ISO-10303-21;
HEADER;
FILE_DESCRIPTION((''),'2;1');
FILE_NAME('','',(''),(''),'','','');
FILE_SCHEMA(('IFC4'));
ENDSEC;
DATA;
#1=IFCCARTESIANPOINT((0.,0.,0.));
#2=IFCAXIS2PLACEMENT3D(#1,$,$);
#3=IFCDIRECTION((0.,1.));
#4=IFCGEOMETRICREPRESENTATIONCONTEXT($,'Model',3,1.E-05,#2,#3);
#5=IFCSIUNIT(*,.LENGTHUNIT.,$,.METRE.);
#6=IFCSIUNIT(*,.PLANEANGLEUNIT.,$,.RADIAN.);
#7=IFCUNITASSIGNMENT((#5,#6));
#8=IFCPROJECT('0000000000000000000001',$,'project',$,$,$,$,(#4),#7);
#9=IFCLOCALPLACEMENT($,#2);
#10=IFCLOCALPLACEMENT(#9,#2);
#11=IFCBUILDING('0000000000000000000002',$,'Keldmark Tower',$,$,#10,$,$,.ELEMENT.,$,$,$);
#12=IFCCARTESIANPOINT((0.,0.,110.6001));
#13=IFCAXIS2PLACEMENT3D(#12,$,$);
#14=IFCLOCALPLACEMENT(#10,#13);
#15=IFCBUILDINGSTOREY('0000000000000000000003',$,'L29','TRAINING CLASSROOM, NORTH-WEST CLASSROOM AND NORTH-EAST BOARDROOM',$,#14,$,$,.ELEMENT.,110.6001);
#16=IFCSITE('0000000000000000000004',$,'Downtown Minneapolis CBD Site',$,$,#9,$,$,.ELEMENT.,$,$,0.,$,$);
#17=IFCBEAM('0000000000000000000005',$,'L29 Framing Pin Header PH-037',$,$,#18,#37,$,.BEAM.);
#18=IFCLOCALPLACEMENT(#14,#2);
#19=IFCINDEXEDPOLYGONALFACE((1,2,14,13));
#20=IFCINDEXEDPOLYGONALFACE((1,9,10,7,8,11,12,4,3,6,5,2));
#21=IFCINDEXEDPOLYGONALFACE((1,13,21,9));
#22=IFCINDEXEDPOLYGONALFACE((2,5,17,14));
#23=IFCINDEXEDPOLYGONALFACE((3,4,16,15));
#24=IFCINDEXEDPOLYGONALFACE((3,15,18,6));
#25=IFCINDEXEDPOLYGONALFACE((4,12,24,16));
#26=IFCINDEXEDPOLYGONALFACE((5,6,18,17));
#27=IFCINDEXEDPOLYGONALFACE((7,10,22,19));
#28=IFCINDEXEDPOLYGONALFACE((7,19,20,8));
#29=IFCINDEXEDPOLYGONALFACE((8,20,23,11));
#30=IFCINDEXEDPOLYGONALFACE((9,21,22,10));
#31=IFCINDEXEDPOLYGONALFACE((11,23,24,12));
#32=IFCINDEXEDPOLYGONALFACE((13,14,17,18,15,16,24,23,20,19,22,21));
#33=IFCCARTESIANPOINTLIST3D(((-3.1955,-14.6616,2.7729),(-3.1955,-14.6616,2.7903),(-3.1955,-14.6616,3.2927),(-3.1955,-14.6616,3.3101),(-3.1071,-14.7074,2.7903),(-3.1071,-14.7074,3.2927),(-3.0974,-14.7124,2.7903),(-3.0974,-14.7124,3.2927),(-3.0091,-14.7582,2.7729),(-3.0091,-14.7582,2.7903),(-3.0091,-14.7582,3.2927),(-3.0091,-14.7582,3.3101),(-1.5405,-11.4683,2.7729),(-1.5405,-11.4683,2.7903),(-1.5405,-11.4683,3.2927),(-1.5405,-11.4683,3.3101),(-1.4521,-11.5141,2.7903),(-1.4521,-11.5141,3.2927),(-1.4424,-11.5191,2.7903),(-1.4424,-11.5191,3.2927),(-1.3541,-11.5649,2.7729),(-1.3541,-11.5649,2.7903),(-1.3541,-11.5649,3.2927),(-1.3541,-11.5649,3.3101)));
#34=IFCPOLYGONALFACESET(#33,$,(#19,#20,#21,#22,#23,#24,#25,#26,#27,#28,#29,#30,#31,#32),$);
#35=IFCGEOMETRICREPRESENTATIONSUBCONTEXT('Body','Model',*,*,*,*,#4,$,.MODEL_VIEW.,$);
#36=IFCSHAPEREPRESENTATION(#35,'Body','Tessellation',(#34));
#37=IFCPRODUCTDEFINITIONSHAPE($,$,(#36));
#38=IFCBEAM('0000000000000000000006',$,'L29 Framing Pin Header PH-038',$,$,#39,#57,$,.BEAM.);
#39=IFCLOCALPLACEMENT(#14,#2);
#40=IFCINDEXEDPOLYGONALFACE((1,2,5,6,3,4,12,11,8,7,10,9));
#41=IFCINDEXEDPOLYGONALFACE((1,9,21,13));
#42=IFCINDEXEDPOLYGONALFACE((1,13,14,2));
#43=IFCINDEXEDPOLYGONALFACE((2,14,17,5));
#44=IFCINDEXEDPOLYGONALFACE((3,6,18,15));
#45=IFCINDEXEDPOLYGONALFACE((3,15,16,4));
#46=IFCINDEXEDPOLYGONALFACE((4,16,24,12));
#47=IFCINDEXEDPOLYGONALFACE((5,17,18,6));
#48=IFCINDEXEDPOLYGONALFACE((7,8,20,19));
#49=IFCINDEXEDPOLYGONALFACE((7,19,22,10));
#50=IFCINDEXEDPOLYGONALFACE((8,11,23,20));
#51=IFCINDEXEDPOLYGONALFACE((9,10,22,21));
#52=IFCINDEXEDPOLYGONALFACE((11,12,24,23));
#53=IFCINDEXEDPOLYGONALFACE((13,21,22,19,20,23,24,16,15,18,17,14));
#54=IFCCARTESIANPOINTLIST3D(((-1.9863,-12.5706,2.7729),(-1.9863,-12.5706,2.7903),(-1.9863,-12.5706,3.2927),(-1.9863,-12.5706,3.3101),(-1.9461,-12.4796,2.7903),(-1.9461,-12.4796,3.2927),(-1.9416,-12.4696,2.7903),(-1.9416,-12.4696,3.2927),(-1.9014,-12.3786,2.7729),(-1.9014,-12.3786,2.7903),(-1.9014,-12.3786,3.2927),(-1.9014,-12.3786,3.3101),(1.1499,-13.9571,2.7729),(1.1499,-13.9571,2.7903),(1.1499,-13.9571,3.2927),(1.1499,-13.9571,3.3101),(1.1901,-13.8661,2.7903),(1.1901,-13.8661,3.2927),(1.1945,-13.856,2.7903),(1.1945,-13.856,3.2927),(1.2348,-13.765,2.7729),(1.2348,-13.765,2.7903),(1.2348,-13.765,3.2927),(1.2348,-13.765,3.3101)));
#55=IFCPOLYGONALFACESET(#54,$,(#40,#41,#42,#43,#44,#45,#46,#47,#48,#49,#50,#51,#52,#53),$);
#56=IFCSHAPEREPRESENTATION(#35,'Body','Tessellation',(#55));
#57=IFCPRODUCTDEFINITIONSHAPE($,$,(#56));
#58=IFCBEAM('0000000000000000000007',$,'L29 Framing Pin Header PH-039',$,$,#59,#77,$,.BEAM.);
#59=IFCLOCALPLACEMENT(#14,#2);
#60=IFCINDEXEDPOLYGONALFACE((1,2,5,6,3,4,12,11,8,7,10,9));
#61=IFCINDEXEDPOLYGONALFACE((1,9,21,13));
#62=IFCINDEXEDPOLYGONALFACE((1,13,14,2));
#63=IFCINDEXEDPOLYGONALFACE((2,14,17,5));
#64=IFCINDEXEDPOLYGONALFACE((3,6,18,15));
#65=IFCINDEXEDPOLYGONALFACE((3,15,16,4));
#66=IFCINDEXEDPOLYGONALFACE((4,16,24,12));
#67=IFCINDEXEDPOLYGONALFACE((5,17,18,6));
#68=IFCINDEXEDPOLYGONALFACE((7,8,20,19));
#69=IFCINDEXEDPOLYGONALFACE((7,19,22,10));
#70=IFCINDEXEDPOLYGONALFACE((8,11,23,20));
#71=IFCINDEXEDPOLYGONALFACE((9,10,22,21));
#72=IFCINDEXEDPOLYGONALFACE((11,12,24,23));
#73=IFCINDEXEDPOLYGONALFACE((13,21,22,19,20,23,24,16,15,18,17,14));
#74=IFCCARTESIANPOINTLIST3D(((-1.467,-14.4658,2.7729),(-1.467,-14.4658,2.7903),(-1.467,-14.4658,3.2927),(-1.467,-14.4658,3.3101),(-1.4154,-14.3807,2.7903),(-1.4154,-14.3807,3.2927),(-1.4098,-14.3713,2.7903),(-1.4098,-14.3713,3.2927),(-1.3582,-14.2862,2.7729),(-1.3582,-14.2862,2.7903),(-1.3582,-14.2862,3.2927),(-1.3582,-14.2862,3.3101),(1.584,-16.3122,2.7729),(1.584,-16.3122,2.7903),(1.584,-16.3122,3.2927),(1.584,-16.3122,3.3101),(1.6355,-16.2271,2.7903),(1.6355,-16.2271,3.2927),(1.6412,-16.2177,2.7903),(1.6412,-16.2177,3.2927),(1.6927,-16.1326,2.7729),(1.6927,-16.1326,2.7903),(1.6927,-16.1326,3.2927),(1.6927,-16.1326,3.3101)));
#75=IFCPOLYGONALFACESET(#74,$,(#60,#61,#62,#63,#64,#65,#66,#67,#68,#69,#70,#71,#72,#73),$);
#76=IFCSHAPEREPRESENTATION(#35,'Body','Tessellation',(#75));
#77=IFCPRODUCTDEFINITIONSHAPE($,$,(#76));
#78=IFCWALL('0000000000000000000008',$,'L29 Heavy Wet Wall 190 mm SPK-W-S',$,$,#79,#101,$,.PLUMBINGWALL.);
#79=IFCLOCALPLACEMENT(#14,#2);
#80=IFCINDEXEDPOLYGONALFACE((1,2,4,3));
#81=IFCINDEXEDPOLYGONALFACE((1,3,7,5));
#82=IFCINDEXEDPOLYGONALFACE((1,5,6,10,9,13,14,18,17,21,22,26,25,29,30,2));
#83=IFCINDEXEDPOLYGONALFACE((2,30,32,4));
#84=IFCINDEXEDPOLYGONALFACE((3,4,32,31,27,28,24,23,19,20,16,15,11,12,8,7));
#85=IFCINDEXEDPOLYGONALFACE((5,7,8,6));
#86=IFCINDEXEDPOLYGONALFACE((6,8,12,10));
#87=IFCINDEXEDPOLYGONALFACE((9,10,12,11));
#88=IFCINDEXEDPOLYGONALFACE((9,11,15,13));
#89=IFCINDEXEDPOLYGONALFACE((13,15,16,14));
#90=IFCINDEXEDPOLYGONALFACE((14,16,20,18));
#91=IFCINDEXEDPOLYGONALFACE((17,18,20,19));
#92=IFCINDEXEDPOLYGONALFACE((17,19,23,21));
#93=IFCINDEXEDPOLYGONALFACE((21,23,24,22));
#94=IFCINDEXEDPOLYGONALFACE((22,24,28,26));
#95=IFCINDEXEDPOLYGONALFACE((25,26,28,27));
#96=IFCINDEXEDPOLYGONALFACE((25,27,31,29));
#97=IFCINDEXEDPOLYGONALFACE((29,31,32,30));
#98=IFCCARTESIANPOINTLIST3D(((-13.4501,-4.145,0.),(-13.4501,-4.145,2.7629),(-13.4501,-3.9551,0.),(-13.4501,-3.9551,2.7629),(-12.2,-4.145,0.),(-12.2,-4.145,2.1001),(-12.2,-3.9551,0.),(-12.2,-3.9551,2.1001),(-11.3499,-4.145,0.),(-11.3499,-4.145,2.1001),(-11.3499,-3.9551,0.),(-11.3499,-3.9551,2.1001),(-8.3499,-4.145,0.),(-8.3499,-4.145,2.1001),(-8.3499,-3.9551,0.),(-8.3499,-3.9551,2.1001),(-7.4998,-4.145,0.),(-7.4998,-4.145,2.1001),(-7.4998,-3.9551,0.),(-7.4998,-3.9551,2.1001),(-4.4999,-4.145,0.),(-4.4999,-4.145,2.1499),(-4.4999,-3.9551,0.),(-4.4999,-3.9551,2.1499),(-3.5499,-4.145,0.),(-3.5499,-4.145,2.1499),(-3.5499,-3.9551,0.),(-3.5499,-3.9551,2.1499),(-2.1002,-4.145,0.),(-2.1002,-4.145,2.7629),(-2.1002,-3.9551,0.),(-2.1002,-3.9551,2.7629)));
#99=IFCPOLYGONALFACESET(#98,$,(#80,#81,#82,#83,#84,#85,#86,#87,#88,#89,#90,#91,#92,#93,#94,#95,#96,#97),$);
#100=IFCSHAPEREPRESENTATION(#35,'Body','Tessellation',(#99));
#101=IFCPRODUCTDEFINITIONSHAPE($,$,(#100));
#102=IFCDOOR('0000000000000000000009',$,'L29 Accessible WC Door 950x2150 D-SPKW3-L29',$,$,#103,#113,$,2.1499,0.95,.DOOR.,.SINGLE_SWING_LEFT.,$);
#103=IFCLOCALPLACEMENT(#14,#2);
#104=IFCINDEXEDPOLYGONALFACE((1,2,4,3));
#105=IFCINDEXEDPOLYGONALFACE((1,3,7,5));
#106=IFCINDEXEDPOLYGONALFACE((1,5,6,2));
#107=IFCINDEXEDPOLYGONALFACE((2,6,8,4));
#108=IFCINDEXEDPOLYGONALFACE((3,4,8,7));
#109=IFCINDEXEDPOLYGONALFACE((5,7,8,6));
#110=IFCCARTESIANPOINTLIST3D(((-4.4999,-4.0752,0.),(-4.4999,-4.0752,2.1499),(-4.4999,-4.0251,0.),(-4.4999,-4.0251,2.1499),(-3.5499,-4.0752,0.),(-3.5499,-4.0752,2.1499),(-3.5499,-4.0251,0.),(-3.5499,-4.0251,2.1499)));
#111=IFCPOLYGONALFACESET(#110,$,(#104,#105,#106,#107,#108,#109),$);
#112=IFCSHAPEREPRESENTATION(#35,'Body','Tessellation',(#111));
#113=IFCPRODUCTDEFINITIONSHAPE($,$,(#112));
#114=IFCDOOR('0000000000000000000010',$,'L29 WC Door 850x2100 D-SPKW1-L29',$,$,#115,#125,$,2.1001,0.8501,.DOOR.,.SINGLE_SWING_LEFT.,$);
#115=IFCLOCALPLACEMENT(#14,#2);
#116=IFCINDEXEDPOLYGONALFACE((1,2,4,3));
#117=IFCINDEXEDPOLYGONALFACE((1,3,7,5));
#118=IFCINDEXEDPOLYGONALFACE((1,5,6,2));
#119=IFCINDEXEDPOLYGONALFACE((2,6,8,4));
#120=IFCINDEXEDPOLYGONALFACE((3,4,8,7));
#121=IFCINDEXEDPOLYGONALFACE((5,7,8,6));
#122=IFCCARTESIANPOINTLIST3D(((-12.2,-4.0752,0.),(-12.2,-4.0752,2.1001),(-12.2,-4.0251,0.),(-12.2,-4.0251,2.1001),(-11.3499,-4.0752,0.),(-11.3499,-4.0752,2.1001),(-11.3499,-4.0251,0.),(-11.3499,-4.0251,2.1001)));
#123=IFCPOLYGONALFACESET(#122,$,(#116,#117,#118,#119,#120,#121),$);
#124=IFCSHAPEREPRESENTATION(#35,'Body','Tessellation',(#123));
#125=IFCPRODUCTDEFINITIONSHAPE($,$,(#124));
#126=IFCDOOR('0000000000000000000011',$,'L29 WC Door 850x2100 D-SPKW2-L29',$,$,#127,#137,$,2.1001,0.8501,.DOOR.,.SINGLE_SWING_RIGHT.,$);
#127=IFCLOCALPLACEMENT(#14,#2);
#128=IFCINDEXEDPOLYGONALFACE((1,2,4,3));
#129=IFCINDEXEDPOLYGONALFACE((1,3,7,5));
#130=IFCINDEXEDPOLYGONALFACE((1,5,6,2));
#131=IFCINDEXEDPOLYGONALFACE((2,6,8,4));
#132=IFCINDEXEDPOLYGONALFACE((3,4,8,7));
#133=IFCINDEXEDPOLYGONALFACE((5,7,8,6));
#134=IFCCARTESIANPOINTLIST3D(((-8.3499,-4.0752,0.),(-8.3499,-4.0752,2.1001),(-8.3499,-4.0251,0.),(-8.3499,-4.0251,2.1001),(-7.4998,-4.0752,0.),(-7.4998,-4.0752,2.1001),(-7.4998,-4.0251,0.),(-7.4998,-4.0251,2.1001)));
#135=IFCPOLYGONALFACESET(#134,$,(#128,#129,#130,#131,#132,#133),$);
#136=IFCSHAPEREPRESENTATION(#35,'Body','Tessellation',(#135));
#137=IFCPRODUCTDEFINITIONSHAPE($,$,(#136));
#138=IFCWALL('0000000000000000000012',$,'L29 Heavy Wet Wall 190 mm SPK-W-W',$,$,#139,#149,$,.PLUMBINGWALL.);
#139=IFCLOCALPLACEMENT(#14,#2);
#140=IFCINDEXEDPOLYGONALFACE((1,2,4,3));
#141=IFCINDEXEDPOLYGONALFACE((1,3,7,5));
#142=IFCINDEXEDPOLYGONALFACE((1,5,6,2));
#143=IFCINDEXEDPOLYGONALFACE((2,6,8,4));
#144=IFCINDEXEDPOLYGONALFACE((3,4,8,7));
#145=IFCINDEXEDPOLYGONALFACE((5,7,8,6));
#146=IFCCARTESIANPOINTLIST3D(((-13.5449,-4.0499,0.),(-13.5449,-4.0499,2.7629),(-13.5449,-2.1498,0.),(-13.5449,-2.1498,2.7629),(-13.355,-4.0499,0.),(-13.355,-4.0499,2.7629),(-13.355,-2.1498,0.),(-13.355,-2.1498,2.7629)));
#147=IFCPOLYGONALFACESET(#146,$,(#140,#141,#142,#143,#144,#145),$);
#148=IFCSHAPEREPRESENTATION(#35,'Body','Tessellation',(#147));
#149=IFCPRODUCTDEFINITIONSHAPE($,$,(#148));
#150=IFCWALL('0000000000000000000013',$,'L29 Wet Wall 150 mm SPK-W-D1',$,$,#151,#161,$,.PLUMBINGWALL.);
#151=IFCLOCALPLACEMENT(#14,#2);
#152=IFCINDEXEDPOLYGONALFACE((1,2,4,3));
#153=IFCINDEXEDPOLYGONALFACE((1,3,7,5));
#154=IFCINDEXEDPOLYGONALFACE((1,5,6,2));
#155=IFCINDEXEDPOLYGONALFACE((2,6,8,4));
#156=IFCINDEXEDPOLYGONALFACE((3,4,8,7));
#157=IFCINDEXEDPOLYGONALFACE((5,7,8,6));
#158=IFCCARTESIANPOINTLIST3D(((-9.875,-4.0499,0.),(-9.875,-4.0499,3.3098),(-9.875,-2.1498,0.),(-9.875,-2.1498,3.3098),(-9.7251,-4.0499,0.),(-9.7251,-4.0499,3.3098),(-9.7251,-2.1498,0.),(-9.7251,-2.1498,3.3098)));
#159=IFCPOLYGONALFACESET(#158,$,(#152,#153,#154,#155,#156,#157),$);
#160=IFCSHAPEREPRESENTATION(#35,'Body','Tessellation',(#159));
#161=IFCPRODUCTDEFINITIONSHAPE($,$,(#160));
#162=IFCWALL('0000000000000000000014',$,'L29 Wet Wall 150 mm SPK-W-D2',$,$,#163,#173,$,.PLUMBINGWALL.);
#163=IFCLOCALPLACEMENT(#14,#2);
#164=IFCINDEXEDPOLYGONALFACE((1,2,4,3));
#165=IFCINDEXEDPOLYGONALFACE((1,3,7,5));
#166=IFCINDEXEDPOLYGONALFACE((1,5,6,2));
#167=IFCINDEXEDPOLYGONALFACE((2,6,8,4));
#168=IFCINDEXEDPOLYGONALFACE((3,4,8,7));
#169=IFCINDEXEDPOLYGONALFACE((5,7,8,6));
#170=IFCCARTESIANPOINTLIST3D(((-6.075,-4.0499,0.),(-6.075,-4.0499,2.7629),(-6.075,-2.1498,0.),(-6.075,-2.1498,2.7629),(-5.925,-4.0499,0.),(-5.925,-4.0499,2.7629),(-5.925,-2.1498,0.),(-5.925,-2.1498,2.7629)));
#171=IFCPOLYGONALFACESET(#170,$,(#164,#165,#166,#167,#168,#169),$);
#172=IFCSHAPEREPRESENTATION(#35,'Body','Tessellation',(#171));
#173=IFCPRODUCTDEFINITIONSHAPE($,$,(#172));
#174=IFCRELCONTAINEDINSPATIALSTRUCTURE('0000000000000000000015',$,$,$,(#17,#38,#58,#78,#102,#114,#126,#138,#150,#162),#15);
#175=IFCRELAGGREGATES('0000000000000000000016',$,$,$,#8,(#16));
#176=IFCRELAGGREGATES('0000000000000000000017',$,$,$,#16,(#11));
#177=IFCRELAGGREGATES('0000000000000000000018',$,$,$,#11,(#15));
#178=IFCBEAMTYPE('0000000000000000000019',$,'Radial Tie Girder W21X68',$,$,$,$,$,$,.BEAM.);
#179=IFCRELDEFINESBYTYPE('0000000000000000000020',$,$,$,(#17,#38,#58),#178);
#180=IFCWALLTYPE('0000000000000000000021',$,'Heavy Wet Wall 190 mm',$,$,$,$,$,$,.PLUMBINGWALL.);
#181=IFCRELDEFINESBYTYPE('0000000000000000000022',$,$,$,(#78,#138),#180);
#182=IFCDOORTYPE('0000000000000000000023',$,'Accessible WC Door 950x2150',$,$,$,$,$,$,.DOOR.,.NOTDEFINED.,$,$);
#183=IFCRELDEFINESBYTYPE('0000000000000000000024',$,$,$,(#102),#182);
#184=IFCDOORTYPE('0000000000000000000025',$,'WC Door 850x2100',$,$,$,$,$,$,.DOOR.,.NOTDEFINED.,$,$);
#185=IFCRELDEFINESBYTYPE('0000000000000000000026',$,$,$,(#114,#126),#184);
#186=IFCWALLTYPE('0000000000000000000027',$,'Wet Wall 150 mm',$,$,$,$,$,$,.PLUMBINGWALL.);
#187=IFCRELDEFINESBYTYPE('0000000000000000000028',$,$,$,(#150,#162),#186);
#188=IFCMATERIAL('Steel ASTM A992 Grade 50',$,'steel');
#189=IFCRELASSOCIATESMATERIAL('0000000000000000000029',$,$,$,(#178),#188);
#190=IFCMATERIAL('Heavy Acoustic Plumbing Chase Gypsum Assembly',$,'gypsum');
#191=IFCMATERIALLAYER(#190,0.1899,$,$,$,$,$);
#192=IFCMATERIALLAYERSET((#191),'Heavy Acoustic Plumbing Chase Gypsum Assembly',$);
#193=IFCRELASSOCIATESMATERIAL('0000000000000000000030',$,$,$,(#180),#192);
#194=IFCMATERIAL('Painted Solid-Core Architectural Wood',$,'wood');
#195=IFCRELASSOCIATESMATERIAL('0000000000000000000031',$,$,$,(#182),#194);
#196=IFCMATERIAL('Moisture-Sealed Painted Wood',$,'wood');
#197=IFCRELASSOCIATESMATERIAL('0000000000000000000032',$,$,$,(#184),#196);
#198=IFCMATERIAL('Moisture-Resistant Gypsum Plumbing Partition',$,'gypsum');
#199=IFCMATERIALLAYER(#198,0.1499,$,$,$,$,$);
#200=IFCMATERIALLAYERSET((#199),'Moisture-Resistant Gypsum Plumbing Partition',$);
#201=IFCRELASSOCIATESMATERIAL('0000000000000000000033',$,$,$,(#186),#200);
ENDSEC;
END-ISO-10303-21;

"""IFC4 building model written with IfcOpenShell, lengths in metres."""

from ifc_helpers import new_model, si_unit, direction, frame, frame_2d, origin, origin_2d, place, context, subcontext, project, spatial, rectangle, i_section, extrude, material, layer, layer_set, material_profile, profile_set, type_object, element, fill, save


model = new_model("IFC4")

# Units and contexts
model_context = context("Model", 3, precision=1e-05, world=origin(), true_north=direction((0.0, 1.0)))
body_context = subcontext(model_context, "Body", "Model", "MODEL_VIEW")
ifc_project = project(units=[si_unit("LENGTHUNIT", "METRE"), si_unit("PLANEANGLEUNIT", "RADIAN")], contexts=[model_context])

# Site, building, storey
site_placement = place(None, origin())
site = spatial("IfcSite", under=ifc_project, at=site_placement, Name="Downtown Minneapolis CBD Site", CompositionType="ELEMENT", RefElevation=0.0)
building_placement = place(site_placement, origin())
building = spatial("IfcBuilding", under=site, at=building_placement, Name="Keldmark Tower", CompositionType="ELEMENT")
storey_placement = place(building_placement, frame((0.0, 0.0, 110.6001)))
storey = spatial("IfcBuildingStorey", under=building, at=storey_placement, Name="L29", Description="TRAINING CLASSROOM, NORTH-WEST CLASSROOM AND NORTH-EAST BOARDROOM", CompositionType="ELEMENT", Elevation=110.6001)

# Beams
ifc_material_1 = material(Name="Steel ASTM A992 Grade 50", Category="steel")
ifc_material_profile_1 = material_profile(ifc_material_1, i_section(OverallWidth=0.21, OverallDepth=0.5371, WebThickness=0.011, FlangeThickness=0.0173, at=origin_2d()), Name="W21X68")
ifc_profile_set_1 = profile_set([ifc_material_profile_1], Name="Steel ASTM A992 Grade 50")
beam_type_1 = type_object("IfcBeamType", Name="Radial Tie Girder W21X68", PredefinedType="BEAM", material=ifc_profile_set_1)
beam_1_placement = place(storey_placement, frame((-1.4473, -11.5166, 3.0415), z_axis=(-0.460145, -0.887844, 0.0), x_axis=(0.887844, -0.460145, 0.0)))
element("IfcBeam", 1, at=beam_1_placement, inside=storey, type_object=beam_type_1, Name="L29 Framing Pin Header PH-037", PredefinedType="BEAM", context=body_context, shape_type="SweptSolid", body=[
    extrude(i_section(OverallWidth=0.21, OverallDepth=0.5371, WebThickness=0.011, FlangeThickness=0.0173, at=origin_2d()), origin(), (0.0, 0.0, 1.0), 3.5967),
])
beam_2_placement = place(storey_placement, frame((-1.9438, -12.4746, 3.0415), z_axis=(0.914611, -0.404334, 0.0), x_axis=(0.404334, 0.914611, 0.0)))
element("IfcBeam", 2, at=beam_2_placement, inside=storey, type_object=beam_type_1, Name="L29 Framing Pin Header PH-038", PredefinedType="BEAM", context=body_context, shape_type="SweptSolid", body=[
    extrude(i_section(OverallWidth=0.21, OverallDepth=0.5371, WebThickness=0.011, FlangeThickness=0.0173, at=origin_2d()), origin(), (0.0, 0.0, 1.0), 3.429),
])
beam_3_placement = place(storey_placement, frame((-1.4126, -14.376, 3.0415), z_axis=(0.85553, -0.517754, 0.0), x_axis=(0.517754, 0.85553, 0.0)))
element("IfcBeam", 3, at=beam_3_placement, inside=storey, type_object=beam_type_1, Name="L29 Framing Pin Header PH-039", PredefinedType="BEAM", context=body_context, shape_type="SweptSolid", body=[
    extrude(i_section(OverallWidth=0.21, OverallDepth=0.5371, WebThickness=0.011, FlangeThickness=0.0173, at=origin_2d()), origin(), (0.0, 0.0, 1.0), 3.5662),
])

# Wall, openings, doors
ifc_material_2 = material(Name="Heavy Acoustic Plumbing Chase Gypsum Assembly", Category="gypsum")
ifc_layer_1 = layer(ifc_material_2, 0.1899)
ifc_layer_set_1 = layer_set([ifc_layer_1], Name="Heavy Acoustic Plumbing Chase Gypsum Assembly")
wall_type_1 = type_object("IfcWallType", Name="Heavy Wet Wall 190 mm", PredefinedType="PLUMBINGWALL", material=ifc_layer_set_1)
wall_1_placement = place(storey_placement, frame((-13.45, -4.05, 0.0), z_axis=(0.0, 0.0, 1.0), x_axis=(1.0, 0.0, 0.0)))
wall_1 = element("IfcWall", 4, at=wall_1_placement, inside=storey, type_object=wall_type_1, Name="L29 Heavy Wet Wall 190 mm SPK-W-S", PredefinedType="PLUMBINGWALL", context=body_context, shape_type="SweptSolid", body=[
    extrude(rectangle(XDim=11.3499, YDim=0.1899, at=frame_2d((5.6748, 0.0))), origin(), (0.0, 0.0, 1.0), 2.7629),
])
opening_1_placement = place(wall_1_placement, frame((1.25, 0.0, 0.0)))
opening_1 = element("IfcOpeningElement", 5, at=opening_1_placement, cuts=wall_1, PredefinedType="OPENING", context=body_context, shape_type="SweptSolid", body=[
    extrude(rectangle(XDim=0.8501, YDim=2.1001, at=frame_2d((0.425, 1.05))), frame((0.0, 0.105, 0.0), z_axis=(0.0, -1.0, 0.0), x_axis=(1.0, 0.0, 0.0)), (0.0, 0.0, 1.0), 0.21),
])
opening_2_placement = place(wall_1_placement, frame((5.1001, 0.0, 0.0)))
opening_2 = element("IfcOpeningElement", 6, at=opening_2_placement, cuts=wall_1, PredefinedType="OPENING", context=body_context, shape_type="SweptSolid", body=[
    extrude(rectangle(XDim=0.8501, YDim=2.1001, at=frame_2d((0.425, 1.05))), frame((0.0, 0.105, 0.0), z_axis=(0.0, -1.0, 0.0), x_axis=(1.0, 0.0, 0.0)), (0.0, 0.0, 1.0), 0.21),
])
opening_3_placement = place(wall_1_placement, frame((8.95, 0.0, 0.0)))
opening_3 = element("IfcOpeningElement", 7, at=opening_3_placement, cuts=wall_1, PredefinedType="OPENING", context=body_context, shape_type="SweptSolid", body=[
    extrude(rectangle(XDim=0.95, YDim=2.1499, at=frame_2d((0.4751, 1.075))), frame((0.0, 0.105, 0.0), z_axis=(0.0, -1.0, 0.0), x_axis=(1.0, 0.0, 0.0)), (0.0, 0.0, 1.0), 0.21),
])
ifc_material_3 = material(Name="Painted Solid-Core Architectural Wood", Category="wood")
door_type_1 = type_object("IfcDoorType", Name="Accessible WC Door 950x2150", OperationType="NOTDEFINED", PredefinedType="DOOR", material=ifc_material_3)
door_1_placement = place(opening_3_placement, origin())
door_1 = element("IfcDoor", 8, at=door_1_placement, inside=storey, type_object=door_type_1, Name="L29 Accessible WC Door 950x2150 D-SPKW3-L29", OperationType="SINGLE_SWING_LEFT", OverallHeight=2.1499, OverallWidth=0.95, PredefinedType="DOOR", context=body_context, shape_type="SweptSolid", body=[
    extrude(rectangle(XDim=0.95, YDim=2.1499, at=frame_2d((0.4751, 1.075))), frame((0.0, 0.0249, 0.0), z_axis=(0.0, -1.0, 0.0), x_axis=(1.0, 0.0, 0.0)), (0.0, 0.0, 1.0), 0.05),
])
fill(opening_3, door_1)
ifc_material_4 = material(Name="Moisture-Sealed Painted Wood", Category="wood")
door_type_2 = type_object("IfcDoorType", Name="WC Door 850x2100", OperationType="NOTDEFINED", PredefinedType="DOOR", material=ifc_material_4)
door_2_placement = place(opening_1_placement, origin())
door_2 = element("IfcDoor", 9, at=door_2_placement, inside=storey, type_object=door_type_2, Name="L29 WC Door 850x2100 D-SPKW1-L29", OperationType="SINGLE_SWING_LEFT", OverallHeight=2.1001, OverallWidth=0.8501, PredefinedType="DOOR", context=body_context, shape_type="SweptSolid", body=[
    extrude(rectangle(XDim=0.8501, YDim=2.1001, at=frame_2d((0.425, 1.05))), frame((0.0, 0.0249, 0.0), z_axis=(0.0, -1.0, 0.0), x_axis=(1.0, 0.0, 0.0)), (0.0, 0.0, 1.0), 0.05),
])
fill(opening_1, door_2)
door_3_placement = place(opening_2_placement, origin())
door_3 = element("IfcDoor", 10, at=door_3_placement, inside=storey, type_object=door_type_2, Name="L29 WC Door 850x2100 D-SPKW2-L29", OperationType="SINGLE_SWING_RIGHT", OverallHeight=2.1001, OverallWidth=0.8501, PredefinedType="DOOR", context=body_context, shape_type="SweptSolid", body=[
    extrude(rectangle(XDim=0.8501, YDim=2.1001, at=frame_2d((0.425, 1.05))), frame((0.0, 0.0249, 0.0), z_axis=(0.0, -1.0, 0.0), x_axis=(1.0, 0.0, 0.0)), (0.0, 0.0, 1.0), 0.05),
])
fill(opening_2, door_3)

# Walls
wall_2_placement = place(storey_placement, frame((-13.45, -4.05, 0.0), z_axis=(0.0, 0.0, 1.0), x_axis=(0.0, 1.0, 0.0)))
element("IfcWall", 11, at=wall_2_placement, inside=storey, type_object=wall_type_1, Name="L29 Heavy Wet Wall 190 mm SPK-W-W", PredefinedType="PLUMBINGWALL", context=body_context, shape_type="SweptSolid", body=[
    extrude(rectangle(XDim=1.9001, YDim=0.1899, at=frame_2d((0.9502, 0.0))), origin(), (0.0, 0.0, 1.0), 2.7629),
])
ifc_material_5 = material(Name="Moisture-Resistant Gypsum Plumbing Partition", Category="gypsum")
ifc_layer_2 = layer(ifc_material_5, 0.1499)
ifc_layer_set_2 = layer_set([ifc_layer_2], Name="Moisture-Resistant Gypsum Plumbing Partition")
wall_type_2 = type_object("IfcWallType", Name="Wet Wall 150 mm", PredefinedType="PLUMBINGWALL", material=ifc_layer_set_2)
wall_3_placement = place(storey_placement, frame((-9.8, -4.05, 0.0), z_axis=(0.0, 0.0, 1.0), x_axis=(0.0, 1.0, 0.0)))
element("IfcWall", 12, at=wall_3_placement, inside=storey, type_object=wall_type_2, Name="L29 Wet Wall 150 mm SPK-W-D1", PredefinedType="PLUMBINGWALL", context=body_context, shape_type="SweptSolid", body=[
    extrude(rectangle(XDim=1.9001, YDim=0.1499, at=frame_2d((0.9502, 0.0))), origin(), (0.0, 0.0, 1.0), 3.3098),
])
wall_4_placement = place(storey_placement, frame((-6.0, -4.05, 0.0), z_axis=(0.0, 0.0, 1.0), x_axis=(0.0, 1.0, 0.0)))
element("IfcWall", 13, at=wall_4_placement, inside=storey, type_object=wall_type_2, Name="L29 Wet Wall 150 mm SPK-W-D2", PredefinedType="PLUMBINGWALL", context=body_context, shape_type="SweptSolid", body=[
    extrude(rectangle(XDim=1.9001, YDim=0.1499, at=frame_2d((0.9502, 0.0))), origin(), (0.0, 0.0, 1.0), 2.7629),
])

save(model, "model.ifc")
